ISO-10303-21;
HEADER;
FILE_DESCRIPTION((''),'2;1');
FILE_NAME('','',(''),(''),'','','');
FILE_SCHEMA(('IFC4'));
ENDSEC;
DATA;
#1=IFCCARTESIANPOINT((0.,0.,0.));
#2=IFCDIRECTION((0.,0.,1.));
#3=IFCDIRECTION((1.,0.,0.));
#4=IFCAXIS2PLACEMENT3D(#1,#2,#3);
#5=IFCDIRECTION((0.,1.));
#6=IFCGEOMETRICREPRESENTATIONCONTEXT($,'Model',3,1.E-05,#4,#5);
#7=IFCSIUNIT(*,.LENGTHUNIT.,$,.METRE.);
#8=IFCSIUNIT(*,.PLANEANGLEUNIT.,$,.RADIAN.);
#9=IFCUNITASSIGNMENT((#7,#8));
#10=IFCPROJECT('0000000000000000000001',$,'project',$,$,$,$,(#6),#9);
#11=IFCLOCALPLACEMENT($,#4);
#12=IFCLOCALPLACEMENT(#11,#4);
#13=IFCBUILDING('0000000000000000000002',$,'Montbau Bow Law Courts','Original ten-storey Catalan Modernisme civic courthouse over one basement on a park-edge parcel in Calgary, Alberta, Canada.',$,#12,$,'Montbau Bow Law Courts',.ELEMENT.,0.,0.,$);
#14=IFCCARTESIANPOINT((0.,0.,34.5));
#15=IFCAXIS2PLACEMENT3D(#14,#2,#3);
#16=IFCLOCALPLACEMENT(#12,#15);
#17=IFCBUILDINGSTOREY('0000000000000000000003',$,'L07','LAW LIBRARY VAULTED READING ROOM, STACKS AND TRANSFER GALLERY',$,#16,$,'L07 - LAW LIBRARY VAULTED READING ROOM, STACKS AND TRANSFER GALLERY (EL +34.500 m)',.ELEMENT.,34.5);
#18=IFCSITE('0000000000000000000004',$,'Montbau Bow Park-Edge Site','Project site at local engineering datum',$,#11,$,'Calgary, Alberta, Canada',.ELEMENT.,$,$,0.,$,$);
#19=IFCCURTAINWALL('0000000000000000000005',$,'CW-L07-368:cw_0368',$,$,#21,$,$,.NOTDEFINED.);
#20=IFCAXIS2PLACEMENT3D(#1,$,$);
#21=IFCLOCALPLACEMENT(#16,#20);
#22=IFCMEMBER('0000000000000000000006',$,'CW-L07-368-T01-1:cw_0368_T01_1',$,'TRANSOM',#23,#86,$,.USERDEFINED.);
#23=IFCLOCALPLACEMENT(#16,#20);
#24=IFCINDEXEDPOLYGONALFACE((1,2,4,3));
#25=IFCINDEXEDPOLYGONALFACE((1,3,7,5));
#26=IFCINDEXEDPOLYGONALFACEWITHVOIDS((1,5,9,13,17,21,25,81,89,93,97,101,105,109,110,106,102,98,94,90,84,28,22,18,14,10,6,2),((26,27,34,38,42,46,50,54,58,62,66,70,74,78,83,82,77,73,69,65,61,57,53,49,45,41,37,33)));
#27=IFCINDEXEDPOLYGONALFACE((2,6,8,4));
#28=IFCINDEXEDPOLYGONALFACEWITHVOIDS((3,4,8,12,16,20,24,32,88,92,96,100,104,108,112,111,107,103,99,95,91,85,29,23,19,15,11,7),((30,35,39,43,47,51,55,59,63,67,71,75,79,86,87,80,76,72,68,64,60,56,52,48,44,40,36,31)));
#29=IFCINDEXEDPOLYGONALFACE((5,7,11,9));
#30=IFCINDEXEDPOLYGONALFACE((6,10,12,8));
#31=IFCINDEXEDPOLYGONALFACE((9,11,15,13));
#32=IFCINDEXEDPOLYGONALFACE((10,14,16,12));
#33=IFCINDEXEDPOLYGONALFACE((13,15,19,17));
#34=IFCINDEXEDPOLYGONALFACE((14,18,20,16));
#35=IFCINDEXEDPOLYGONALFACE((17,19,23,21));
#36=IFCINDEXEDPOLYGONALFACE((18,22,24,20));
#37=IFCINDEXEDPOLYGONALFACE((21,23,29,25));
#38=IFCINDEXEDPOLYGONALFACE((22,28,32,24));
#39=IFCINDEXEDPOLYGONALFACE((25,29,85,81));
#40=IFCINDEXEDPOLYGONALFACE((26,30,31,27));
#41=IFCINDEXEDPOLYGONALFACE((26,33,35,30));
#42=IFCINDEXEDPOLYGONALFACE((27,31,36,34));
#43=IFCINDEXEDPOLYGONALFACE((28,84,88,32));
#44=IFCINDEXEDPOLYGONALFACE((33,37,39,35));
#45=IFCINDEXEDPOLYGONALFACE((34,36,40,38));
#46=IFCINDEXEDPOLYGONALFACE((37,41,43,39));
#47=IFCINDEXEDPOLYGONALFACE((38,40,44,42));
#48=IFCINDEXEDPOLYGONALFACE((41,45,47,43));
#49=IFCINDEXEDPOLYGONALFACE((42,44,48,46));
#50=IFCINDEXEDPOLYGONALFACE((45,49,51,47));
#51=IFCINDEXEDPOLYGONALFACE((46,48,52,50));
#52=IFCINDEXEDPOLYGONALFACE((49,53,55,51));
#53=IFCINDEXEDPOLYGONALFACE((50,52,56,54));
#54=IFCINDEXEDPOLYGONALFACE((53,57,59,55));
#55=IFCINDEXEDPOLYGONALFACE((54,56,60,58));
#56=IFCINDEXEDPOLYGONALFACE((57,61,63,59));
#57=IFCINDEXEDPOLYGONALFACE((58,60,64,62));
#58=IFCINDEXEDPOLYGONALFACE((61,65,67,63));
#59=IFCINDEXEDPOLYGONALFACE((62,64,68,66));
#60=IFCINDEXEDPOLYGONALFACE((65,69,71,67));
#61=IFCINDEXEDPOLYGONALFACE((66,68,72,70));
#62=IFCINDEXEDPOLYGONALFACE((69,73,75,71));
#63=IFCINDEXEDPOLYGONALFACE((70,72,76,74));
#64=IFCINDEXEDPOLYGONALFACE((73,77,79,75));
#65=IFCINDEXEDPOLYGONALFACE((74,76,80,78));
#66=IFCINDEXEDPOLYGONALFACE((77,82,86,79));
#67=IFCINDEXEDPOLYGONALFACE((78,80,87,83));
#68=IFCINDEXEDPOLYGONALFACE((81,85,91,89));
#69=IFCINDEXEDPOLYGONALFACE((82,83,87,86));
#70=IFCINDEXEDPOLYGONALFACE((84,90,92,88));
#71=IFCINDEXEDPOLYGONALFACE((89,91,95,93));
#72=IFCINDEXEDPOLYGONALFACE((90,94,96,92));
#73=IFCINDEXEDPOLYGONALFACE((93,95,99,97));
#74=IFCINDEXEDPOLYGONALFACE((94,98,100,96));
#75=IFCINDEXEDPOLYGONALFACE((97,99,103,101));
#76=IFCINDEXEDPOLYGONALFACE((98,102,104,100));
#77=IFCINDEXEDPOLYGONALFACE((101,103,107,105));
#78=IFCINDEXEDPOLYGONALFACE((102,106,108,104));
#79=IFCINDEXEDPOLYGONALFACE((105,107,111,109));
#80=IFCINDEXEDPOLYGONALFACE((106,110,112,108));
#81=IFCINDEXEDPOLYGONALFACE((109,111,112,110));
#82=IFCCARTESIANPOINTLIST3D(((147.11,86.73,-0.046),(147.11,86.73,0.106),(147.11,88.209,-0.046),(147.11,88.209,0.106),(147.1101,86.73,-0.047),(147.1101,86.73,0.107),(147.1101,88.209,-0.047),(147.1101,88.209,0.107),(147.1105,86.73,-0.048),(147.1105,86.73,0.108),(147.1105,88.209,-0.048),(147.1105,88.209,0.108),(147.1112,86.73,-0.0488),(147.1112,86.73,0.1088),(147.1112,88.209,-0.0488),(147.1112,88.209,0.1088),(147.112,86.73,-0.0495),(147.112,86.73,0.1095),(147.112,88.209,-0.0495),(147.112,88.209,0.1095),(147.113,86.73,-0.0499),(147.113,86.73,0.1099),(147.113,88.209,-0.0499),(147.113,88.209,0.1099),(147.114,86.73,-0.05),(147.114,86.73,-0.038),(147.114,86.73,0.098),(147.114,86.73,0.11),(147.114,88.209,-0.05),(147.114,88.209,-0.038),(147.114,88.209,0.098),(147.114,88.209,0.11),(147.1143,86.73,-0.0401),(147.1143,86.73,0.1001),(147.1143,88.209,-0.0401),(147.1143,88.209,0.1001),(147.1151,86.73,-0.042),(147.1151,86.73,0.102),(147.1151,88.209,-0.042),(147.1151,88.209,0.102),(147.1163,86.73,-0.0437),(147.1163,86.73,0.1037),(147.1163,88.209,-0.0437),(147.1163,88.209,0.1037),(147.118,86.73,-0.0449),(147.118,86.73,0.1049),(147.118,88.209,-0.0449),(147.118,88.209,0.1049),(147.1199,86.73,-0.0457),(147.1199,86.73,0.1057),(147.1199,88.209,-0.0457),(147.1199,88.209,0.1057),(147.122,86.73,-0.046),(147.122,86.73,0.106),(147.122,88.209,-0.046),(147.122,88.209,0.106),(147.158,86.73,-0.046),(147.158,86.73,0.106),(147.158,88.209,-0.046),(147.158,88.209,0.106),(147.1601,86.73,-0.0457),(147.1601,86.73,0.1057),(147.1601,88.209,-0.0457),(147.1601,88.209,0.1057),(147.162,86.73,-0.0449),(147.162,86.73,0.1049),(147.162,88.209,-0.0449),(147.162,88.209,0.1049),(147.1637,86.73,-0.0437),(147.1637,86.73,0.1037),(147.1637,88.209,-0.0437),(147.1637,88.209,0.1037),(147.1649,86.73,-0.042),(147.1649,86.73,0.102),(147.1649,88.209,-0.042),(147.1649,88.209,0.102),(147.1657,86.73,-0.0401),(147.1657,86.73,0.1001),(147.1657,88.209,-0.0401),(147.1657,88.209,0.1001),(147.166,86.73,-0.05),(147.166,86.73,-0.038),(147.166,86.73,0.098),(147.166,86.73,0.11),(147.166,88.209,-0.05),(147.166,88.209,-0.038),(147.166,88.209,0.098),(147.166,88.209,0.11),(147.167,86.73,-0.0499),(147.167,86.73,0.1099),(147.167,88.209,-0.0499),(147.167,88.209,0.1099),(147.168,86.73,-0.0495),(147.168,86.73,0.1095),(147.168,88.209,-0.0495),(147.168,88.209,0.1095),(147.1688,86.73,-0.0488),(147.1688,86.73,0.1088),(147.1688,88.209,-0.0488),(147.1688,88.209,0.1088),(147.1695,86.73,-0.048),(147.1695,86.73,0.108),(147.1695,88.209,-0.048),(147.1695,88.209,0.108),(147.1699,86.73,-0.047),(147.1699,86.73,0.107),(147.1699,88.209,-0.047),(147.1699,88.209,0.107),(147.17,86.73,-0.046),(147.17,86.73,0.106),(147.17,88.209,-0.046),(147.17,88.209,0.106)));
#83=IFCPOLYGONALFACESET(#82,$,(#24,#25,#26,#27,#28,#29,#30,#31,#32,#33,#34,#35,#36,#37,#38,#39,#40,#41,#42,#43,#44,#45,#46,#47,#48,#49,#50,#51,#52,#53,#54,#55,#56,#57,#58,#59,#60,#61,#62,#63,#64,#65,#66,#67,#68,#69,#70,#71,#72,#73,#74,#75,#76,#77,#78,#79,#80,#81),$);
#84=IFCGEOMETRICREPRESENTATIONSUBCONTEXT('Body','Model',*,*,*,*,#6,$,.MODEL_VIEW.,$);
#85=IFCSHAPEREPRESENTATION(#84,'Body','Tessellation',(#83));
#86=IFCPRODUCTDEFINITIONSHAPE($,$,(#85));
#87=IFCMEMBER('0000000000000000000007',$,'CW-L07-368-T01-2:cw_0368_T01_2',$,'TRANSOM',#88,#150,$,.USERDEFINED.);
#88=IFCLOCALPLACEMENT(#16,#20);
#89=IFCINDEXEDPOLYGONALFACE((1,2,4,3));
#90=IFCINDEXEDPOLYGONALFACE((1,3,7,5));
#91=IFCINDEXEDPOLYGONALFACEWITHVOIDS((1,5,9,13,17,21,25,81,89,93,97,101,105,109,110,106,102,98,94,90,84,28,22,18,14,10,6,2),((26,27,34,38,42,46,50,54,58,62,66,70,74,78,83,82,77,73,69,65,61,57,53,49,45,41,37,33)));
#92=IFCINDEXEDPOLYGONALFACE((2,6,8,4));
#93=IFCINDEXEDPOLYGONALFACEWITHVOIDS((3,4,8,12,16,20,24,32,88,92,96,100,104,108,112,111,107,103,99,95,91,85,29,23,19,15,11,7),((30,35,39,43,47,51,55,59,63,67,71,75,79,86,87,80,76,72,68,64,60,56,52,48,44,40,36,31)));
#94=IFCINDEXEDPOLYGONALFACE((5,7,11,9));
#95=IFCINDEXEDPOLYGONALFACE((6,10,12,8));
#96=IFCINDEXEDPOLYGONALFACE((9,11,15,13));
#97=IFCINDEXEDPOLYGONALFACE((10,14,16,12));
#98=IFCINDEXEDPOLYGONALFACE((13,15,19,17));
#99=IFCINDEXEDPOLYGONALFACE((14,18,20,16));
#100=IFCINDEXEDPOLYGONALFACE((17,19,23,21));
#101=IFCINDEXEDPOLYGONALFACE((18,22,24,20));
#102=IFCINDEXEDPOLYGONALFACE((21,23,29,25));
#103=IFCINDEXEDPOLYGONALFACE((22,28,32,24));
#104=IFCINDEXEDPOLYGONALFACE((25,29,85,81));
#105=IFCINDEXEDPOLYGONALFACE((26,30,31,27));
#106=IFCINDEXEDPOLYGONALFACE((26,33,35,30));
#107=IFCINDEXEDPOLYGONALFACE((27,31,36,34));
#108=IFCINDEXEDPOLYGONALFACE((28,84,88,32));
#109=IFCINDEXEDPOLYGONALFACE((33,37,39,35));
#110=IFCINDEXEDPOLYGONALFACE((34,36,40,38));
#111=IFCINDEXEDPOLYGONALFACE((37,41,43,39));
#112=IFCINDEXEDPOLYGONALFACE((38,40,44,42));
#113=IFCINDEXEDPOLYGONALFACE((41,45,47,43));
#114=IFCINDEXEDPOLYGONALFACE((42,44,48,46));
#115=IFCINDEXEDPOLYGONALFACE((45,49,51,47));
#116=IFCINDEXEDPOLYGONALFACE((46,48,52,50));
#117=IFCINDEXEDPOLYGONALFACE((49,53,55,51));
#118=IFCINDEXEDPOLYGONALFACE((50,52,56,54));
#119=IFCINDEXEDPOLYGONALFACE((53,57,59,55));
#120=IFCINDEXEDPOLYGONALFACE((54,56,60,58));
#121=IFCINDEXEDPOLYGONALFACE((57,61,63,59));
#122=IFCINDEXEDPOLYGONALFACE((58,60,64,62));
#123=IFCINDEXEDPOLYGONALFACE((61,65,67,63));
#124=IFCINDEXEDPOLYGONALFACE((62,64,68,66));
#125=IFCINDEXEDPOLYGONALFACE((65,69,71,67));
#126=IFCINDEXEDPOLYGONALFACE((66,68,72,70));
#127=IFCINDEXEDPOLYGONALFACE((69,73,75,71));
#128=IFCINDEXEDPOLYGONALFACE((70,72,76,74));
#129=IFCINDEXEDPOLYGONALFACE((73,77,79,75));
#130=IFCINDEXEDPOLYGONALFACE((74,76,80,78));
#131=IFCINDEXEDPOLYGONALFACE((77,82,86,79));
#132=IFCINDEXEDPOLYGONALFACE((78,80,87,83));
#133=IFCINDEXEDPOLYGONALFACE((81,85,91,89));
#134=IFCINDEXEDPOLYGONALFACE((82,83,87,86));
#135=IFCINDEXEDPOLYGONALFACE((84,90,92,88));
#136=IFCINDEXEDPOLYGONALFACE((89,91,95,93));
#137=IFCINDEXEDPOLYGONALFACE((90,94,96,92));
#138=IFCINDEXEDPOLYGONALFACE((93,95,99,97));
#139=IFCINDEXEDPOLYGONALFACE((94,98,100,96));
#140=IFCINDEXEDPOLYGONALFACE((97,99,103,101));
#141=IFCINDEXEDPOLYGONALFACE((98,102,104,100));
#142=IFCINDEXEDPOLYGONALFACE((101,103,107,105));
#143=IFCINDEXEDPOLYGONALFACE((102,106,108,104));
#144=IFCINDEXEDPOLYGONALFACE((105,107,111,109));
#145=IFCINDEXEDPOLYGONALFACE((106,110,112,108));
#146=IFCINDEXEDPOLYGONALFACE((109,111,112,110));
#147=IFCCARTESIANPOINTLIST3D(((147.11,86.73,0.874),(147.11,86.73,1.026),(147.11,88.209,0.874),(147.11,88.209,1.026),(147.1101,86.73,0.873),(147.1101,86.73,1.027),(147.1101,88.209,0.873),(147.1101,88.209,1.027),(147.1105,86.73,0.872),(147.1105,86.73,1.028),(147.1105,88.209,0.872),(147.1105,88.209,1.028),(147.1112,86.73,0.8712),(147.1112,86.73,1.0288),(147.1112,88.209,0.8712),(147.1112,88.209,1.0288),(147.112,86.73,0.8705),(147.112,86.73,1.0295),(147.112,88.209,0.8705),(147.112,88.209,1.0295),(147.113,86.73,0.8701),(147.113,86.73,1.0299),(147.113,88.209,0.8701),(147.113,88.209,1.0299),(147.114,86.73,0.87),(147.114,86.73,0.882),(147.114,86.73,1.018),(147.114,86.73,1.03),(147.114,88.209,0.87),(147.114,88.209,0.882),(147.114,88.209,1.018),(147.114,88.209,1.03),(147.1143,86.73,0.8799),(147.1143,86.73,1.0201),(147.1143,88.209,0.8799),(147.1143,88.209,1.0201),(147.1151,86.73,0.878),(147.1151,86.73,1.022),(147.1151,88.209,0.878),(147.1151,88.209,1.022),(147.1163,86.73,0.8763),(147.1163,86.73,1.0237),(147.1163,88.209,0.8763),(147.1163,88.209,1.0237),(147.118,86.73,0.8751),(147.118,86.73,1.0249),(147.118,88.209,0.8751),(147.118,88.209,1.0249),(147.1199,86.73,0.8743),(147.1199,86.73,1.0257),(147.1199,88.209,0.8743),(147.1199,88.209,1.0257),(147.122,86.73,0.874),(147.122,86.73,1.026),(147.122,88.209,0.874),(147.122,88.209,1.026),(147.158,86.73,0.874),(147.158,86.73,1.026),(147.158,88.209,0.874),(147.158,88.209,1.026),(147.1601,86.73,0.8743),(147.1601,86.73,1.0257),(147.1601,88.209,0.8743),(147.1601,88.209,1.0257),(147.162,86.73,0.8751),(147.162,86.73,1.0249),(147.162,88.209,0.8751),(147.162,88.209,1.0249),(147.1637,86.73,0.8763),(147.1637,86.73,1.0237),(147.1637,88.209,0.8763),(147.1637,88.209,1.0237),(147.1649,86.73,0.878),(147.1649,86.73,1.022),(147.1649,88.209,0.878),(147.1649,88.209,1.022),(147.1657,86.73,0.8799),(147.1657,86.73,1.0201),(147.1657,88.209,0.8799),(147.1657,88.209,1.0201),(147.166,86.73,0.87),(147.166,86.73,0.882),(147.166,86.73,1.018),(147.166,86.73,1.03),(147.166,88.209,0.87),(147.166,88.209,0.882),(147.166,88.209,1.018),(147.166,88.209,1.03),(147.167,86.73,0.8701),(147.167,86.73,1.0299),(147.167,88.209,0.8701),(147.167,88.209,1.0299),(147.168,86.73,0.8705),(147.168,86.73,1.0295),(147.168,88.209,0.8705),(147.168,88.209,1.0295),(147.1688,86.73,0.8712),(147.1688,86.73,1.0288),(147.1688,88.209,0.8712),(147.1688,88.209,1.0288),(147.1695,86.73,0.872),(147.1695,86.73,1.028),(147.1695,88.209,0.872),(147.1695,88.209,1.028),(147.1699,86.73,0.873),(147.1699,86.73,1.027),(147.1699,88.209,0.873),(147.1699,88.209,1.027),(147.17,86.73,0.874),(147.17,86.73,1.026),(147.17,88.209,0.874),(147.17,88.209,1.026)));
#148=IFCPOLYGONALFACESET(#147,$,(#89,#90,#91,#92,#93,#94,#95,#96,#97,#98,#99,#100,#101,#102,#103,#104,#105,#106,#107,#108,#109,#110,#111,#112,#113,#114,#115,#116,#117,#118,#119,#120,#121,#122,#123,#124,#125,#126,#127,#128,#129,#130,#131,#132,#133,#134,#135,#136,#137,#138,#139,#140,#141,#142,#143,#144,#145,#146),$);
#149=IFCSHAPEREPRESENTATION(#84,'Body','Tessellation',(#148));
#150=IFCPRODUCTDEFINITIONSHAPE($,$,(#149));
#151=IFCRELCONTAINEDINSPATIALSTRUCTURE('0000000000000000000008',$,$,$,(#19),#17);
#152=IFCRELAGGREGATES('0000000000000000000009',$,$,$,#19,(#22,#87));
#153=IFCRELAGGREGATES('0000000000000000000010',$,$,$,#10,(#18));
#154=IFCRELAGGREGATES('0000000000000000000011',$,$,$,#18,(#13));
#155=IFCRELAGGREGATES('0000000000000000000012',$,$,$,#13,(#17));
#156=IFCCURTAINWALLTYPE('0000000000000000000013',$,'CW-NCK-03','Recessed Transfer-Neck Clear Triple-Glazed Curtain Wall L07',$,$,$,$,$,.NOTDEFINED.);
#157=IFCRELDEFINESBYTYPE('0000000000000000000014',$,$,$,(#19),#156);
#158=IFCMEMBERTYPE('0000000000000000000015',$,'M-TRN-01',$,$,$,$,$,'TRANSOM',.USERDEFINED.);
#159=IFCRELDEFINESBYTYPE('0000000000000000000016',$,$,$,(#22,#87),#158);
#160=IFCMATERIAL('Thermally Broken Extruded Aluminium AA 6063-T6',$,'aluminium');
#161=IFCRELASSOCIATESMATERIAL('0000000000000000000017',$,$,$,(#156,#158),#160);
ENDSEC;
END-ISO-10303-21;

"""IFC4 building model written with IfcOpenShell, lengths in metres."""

from ifc_helpers import new_model, si_unit, direction, frame, origin_with_axes, origin_2d_with_axis, place, context, subcontext, project, spatial, hollow_rectangle, extrude, material, material_profile, profile_set, type_object, element, aggregate, save


model = new_model("IFC4")

# Units and contexts
model_context = context("Model", 3, precision=1e-05, world=origin_with_axes(), true_north=direction((0.0, 1.0)))
body_context = subcontext(model_context, "Body", "Model", "MODEL_VIEW")
ifc_project = project(units=[si_unit("LENGTHUNIT", "METRE"), si_unit("PLANEANGLEUNIT", "RADIAN")], contexts=[model_context])

# Site, building, storey
site_placement = place(None, origin_with_axes())
site = spatial("IfcSite", under=ifc_project, at=site_placement, Name="Montbau Bow Park-Edge Site", Description="Project site at local engineering datum", LongName="Calgary, Alberta, Canada", CompositionType="ELEMENT", RefElevation=0.0)
building_placement = place(site_placement, origin_with_axes())
building = spatial("IfcBuilding", under=site, at=building_placement, Name="Montbau Bow Law Courts", Description="Original ten-storey Catalan Modernisme civic courthouse over one basement on a park-edge parcel in Calgary, Alberta, Canada.", LongName="Montbau Bow Law Courts", CompositionType="ELEMENT", ElevationOfRefHeight=0.0, ElevationOfTerrain=0.0)
storey_placement = place(building_placement, frame((0.0, 0.0, 34.5), z_axis=(0.0, 0.0, 1.0), x_axis=(1.0, 0.0, 0.0)))
storey = spatial("IfcBuildingStorey", under=building, at=storey_placement, Name="L07", Description="LAW LIBRARY VAULTED READING ROOM, STACKS AND TRANSFER GALLERY", LongName="L07 - LAW LIBRARY VAULTED READING ROOM, STACKS AND TRANSFER GALLERY (EL +34.500 m)", CompositionType="ELEMENT", Elevation=34.5)

# Curtain wall, members
ifc_material_1 = material(Name="Thermally Broken Extruded Aluminium AA 6063-T6", Category="aluminium")
curtain_wall_type = type_object("IfcCurtainWallType", Name="CW-NCK-03", Description="Recessed Transfer-Neck Clear Triple-Glazed Curtain Wall L07", PredefinedType="NOTDEFINED", material=ifc_material_1)
curtain_wall_placement = place(None, frame((147.14, 86.668, 34.5), z_axis=(0.0, 0.0, 1.0), x_axis=(1.0, 0.0, 0.0)))
curtain_wall = element("IfcCurtainWall", 1, at=curtain_wall_placement, inside=storey, type_object=curtain_wall_type, Name="CW-L07-368:cw_0368", PredefinedType="NOTDEFINED")
ifc_material_profile_1 = material_profile(ifc_material_1, hollow_rectangle(XDim=0.06, YDim=0.16, WallThickness=0.004, InnerFilletRadius=0.008, OuterFilletRadius=0.004, at=origin_2d_with_axis()), Name="CWT-160X60", Category="Main", Priority=0)
ifc_profile_set_1 = profile_set([ifc_material_profile_1], Name="Thermally Broken Extruded Aluminium AA 6063-T6")
member_type_1 = type_object("IfcMemberType", Name="M-TRN-01", ElementType="TRANSOM", PredefinedType="USERDEFINED", material=ifc_profile_set_1)
member_1_placement = place(None, frame((147.14, 86.73, 34.53), z_axis=(0.0, 1.0, 0.0), x_axis=(-1.0, 0.0, 0.0)))
member_1 = element("IfcMember", 2, at=member_1_placement, type_object=member_type_1, Name="CW-L07-368-T01-1:cw_0368_T01_1", ObjectType="TRANSOM", PredefinedType="USERDEFINED", context=body_context, shape_type="SweptSolid", body=[
    extrude(hollow_rectangle(XDim=0.06, YDim=0.16, WallThickness=0.004, InnerFilletRadius=0.008, OuterFilletRadius=0.004, at=origin_2d_with_axis()), origin_with_axes(), (0.0, 0.0, 1.0), 1.479),
])
member_2_placement = place(None, frame((147.14, 86.73, 35.45), z_axis=(0.0, 1.0, 0.0), x_axis=(-1.0, 0.0, 0.0)))
member_2 = element("IfcMember", 3, at=member_2_placement, type_object=member_type_1, Name="CW-L07-368-T01-2:cw_0368_T01_2", ObjectType="TRANSOM", PredefinedType="USERDEFINED", context=body_context, shape_type="SweptSolid", body=[
    extrude(hollow_rectangle(XDim=0.06, YDim=0.16, WallThickness=0.004, InnerFilletRadius=0.008, OuterFilletRadius=0.004, at=origin_2d_with_axis()), origin_with_axes(), (0.0, 0.0, 1.0), 1.479),
])
aggregate(curtain_wall, [member_1, member_2])

save(model, "model.ifc")
